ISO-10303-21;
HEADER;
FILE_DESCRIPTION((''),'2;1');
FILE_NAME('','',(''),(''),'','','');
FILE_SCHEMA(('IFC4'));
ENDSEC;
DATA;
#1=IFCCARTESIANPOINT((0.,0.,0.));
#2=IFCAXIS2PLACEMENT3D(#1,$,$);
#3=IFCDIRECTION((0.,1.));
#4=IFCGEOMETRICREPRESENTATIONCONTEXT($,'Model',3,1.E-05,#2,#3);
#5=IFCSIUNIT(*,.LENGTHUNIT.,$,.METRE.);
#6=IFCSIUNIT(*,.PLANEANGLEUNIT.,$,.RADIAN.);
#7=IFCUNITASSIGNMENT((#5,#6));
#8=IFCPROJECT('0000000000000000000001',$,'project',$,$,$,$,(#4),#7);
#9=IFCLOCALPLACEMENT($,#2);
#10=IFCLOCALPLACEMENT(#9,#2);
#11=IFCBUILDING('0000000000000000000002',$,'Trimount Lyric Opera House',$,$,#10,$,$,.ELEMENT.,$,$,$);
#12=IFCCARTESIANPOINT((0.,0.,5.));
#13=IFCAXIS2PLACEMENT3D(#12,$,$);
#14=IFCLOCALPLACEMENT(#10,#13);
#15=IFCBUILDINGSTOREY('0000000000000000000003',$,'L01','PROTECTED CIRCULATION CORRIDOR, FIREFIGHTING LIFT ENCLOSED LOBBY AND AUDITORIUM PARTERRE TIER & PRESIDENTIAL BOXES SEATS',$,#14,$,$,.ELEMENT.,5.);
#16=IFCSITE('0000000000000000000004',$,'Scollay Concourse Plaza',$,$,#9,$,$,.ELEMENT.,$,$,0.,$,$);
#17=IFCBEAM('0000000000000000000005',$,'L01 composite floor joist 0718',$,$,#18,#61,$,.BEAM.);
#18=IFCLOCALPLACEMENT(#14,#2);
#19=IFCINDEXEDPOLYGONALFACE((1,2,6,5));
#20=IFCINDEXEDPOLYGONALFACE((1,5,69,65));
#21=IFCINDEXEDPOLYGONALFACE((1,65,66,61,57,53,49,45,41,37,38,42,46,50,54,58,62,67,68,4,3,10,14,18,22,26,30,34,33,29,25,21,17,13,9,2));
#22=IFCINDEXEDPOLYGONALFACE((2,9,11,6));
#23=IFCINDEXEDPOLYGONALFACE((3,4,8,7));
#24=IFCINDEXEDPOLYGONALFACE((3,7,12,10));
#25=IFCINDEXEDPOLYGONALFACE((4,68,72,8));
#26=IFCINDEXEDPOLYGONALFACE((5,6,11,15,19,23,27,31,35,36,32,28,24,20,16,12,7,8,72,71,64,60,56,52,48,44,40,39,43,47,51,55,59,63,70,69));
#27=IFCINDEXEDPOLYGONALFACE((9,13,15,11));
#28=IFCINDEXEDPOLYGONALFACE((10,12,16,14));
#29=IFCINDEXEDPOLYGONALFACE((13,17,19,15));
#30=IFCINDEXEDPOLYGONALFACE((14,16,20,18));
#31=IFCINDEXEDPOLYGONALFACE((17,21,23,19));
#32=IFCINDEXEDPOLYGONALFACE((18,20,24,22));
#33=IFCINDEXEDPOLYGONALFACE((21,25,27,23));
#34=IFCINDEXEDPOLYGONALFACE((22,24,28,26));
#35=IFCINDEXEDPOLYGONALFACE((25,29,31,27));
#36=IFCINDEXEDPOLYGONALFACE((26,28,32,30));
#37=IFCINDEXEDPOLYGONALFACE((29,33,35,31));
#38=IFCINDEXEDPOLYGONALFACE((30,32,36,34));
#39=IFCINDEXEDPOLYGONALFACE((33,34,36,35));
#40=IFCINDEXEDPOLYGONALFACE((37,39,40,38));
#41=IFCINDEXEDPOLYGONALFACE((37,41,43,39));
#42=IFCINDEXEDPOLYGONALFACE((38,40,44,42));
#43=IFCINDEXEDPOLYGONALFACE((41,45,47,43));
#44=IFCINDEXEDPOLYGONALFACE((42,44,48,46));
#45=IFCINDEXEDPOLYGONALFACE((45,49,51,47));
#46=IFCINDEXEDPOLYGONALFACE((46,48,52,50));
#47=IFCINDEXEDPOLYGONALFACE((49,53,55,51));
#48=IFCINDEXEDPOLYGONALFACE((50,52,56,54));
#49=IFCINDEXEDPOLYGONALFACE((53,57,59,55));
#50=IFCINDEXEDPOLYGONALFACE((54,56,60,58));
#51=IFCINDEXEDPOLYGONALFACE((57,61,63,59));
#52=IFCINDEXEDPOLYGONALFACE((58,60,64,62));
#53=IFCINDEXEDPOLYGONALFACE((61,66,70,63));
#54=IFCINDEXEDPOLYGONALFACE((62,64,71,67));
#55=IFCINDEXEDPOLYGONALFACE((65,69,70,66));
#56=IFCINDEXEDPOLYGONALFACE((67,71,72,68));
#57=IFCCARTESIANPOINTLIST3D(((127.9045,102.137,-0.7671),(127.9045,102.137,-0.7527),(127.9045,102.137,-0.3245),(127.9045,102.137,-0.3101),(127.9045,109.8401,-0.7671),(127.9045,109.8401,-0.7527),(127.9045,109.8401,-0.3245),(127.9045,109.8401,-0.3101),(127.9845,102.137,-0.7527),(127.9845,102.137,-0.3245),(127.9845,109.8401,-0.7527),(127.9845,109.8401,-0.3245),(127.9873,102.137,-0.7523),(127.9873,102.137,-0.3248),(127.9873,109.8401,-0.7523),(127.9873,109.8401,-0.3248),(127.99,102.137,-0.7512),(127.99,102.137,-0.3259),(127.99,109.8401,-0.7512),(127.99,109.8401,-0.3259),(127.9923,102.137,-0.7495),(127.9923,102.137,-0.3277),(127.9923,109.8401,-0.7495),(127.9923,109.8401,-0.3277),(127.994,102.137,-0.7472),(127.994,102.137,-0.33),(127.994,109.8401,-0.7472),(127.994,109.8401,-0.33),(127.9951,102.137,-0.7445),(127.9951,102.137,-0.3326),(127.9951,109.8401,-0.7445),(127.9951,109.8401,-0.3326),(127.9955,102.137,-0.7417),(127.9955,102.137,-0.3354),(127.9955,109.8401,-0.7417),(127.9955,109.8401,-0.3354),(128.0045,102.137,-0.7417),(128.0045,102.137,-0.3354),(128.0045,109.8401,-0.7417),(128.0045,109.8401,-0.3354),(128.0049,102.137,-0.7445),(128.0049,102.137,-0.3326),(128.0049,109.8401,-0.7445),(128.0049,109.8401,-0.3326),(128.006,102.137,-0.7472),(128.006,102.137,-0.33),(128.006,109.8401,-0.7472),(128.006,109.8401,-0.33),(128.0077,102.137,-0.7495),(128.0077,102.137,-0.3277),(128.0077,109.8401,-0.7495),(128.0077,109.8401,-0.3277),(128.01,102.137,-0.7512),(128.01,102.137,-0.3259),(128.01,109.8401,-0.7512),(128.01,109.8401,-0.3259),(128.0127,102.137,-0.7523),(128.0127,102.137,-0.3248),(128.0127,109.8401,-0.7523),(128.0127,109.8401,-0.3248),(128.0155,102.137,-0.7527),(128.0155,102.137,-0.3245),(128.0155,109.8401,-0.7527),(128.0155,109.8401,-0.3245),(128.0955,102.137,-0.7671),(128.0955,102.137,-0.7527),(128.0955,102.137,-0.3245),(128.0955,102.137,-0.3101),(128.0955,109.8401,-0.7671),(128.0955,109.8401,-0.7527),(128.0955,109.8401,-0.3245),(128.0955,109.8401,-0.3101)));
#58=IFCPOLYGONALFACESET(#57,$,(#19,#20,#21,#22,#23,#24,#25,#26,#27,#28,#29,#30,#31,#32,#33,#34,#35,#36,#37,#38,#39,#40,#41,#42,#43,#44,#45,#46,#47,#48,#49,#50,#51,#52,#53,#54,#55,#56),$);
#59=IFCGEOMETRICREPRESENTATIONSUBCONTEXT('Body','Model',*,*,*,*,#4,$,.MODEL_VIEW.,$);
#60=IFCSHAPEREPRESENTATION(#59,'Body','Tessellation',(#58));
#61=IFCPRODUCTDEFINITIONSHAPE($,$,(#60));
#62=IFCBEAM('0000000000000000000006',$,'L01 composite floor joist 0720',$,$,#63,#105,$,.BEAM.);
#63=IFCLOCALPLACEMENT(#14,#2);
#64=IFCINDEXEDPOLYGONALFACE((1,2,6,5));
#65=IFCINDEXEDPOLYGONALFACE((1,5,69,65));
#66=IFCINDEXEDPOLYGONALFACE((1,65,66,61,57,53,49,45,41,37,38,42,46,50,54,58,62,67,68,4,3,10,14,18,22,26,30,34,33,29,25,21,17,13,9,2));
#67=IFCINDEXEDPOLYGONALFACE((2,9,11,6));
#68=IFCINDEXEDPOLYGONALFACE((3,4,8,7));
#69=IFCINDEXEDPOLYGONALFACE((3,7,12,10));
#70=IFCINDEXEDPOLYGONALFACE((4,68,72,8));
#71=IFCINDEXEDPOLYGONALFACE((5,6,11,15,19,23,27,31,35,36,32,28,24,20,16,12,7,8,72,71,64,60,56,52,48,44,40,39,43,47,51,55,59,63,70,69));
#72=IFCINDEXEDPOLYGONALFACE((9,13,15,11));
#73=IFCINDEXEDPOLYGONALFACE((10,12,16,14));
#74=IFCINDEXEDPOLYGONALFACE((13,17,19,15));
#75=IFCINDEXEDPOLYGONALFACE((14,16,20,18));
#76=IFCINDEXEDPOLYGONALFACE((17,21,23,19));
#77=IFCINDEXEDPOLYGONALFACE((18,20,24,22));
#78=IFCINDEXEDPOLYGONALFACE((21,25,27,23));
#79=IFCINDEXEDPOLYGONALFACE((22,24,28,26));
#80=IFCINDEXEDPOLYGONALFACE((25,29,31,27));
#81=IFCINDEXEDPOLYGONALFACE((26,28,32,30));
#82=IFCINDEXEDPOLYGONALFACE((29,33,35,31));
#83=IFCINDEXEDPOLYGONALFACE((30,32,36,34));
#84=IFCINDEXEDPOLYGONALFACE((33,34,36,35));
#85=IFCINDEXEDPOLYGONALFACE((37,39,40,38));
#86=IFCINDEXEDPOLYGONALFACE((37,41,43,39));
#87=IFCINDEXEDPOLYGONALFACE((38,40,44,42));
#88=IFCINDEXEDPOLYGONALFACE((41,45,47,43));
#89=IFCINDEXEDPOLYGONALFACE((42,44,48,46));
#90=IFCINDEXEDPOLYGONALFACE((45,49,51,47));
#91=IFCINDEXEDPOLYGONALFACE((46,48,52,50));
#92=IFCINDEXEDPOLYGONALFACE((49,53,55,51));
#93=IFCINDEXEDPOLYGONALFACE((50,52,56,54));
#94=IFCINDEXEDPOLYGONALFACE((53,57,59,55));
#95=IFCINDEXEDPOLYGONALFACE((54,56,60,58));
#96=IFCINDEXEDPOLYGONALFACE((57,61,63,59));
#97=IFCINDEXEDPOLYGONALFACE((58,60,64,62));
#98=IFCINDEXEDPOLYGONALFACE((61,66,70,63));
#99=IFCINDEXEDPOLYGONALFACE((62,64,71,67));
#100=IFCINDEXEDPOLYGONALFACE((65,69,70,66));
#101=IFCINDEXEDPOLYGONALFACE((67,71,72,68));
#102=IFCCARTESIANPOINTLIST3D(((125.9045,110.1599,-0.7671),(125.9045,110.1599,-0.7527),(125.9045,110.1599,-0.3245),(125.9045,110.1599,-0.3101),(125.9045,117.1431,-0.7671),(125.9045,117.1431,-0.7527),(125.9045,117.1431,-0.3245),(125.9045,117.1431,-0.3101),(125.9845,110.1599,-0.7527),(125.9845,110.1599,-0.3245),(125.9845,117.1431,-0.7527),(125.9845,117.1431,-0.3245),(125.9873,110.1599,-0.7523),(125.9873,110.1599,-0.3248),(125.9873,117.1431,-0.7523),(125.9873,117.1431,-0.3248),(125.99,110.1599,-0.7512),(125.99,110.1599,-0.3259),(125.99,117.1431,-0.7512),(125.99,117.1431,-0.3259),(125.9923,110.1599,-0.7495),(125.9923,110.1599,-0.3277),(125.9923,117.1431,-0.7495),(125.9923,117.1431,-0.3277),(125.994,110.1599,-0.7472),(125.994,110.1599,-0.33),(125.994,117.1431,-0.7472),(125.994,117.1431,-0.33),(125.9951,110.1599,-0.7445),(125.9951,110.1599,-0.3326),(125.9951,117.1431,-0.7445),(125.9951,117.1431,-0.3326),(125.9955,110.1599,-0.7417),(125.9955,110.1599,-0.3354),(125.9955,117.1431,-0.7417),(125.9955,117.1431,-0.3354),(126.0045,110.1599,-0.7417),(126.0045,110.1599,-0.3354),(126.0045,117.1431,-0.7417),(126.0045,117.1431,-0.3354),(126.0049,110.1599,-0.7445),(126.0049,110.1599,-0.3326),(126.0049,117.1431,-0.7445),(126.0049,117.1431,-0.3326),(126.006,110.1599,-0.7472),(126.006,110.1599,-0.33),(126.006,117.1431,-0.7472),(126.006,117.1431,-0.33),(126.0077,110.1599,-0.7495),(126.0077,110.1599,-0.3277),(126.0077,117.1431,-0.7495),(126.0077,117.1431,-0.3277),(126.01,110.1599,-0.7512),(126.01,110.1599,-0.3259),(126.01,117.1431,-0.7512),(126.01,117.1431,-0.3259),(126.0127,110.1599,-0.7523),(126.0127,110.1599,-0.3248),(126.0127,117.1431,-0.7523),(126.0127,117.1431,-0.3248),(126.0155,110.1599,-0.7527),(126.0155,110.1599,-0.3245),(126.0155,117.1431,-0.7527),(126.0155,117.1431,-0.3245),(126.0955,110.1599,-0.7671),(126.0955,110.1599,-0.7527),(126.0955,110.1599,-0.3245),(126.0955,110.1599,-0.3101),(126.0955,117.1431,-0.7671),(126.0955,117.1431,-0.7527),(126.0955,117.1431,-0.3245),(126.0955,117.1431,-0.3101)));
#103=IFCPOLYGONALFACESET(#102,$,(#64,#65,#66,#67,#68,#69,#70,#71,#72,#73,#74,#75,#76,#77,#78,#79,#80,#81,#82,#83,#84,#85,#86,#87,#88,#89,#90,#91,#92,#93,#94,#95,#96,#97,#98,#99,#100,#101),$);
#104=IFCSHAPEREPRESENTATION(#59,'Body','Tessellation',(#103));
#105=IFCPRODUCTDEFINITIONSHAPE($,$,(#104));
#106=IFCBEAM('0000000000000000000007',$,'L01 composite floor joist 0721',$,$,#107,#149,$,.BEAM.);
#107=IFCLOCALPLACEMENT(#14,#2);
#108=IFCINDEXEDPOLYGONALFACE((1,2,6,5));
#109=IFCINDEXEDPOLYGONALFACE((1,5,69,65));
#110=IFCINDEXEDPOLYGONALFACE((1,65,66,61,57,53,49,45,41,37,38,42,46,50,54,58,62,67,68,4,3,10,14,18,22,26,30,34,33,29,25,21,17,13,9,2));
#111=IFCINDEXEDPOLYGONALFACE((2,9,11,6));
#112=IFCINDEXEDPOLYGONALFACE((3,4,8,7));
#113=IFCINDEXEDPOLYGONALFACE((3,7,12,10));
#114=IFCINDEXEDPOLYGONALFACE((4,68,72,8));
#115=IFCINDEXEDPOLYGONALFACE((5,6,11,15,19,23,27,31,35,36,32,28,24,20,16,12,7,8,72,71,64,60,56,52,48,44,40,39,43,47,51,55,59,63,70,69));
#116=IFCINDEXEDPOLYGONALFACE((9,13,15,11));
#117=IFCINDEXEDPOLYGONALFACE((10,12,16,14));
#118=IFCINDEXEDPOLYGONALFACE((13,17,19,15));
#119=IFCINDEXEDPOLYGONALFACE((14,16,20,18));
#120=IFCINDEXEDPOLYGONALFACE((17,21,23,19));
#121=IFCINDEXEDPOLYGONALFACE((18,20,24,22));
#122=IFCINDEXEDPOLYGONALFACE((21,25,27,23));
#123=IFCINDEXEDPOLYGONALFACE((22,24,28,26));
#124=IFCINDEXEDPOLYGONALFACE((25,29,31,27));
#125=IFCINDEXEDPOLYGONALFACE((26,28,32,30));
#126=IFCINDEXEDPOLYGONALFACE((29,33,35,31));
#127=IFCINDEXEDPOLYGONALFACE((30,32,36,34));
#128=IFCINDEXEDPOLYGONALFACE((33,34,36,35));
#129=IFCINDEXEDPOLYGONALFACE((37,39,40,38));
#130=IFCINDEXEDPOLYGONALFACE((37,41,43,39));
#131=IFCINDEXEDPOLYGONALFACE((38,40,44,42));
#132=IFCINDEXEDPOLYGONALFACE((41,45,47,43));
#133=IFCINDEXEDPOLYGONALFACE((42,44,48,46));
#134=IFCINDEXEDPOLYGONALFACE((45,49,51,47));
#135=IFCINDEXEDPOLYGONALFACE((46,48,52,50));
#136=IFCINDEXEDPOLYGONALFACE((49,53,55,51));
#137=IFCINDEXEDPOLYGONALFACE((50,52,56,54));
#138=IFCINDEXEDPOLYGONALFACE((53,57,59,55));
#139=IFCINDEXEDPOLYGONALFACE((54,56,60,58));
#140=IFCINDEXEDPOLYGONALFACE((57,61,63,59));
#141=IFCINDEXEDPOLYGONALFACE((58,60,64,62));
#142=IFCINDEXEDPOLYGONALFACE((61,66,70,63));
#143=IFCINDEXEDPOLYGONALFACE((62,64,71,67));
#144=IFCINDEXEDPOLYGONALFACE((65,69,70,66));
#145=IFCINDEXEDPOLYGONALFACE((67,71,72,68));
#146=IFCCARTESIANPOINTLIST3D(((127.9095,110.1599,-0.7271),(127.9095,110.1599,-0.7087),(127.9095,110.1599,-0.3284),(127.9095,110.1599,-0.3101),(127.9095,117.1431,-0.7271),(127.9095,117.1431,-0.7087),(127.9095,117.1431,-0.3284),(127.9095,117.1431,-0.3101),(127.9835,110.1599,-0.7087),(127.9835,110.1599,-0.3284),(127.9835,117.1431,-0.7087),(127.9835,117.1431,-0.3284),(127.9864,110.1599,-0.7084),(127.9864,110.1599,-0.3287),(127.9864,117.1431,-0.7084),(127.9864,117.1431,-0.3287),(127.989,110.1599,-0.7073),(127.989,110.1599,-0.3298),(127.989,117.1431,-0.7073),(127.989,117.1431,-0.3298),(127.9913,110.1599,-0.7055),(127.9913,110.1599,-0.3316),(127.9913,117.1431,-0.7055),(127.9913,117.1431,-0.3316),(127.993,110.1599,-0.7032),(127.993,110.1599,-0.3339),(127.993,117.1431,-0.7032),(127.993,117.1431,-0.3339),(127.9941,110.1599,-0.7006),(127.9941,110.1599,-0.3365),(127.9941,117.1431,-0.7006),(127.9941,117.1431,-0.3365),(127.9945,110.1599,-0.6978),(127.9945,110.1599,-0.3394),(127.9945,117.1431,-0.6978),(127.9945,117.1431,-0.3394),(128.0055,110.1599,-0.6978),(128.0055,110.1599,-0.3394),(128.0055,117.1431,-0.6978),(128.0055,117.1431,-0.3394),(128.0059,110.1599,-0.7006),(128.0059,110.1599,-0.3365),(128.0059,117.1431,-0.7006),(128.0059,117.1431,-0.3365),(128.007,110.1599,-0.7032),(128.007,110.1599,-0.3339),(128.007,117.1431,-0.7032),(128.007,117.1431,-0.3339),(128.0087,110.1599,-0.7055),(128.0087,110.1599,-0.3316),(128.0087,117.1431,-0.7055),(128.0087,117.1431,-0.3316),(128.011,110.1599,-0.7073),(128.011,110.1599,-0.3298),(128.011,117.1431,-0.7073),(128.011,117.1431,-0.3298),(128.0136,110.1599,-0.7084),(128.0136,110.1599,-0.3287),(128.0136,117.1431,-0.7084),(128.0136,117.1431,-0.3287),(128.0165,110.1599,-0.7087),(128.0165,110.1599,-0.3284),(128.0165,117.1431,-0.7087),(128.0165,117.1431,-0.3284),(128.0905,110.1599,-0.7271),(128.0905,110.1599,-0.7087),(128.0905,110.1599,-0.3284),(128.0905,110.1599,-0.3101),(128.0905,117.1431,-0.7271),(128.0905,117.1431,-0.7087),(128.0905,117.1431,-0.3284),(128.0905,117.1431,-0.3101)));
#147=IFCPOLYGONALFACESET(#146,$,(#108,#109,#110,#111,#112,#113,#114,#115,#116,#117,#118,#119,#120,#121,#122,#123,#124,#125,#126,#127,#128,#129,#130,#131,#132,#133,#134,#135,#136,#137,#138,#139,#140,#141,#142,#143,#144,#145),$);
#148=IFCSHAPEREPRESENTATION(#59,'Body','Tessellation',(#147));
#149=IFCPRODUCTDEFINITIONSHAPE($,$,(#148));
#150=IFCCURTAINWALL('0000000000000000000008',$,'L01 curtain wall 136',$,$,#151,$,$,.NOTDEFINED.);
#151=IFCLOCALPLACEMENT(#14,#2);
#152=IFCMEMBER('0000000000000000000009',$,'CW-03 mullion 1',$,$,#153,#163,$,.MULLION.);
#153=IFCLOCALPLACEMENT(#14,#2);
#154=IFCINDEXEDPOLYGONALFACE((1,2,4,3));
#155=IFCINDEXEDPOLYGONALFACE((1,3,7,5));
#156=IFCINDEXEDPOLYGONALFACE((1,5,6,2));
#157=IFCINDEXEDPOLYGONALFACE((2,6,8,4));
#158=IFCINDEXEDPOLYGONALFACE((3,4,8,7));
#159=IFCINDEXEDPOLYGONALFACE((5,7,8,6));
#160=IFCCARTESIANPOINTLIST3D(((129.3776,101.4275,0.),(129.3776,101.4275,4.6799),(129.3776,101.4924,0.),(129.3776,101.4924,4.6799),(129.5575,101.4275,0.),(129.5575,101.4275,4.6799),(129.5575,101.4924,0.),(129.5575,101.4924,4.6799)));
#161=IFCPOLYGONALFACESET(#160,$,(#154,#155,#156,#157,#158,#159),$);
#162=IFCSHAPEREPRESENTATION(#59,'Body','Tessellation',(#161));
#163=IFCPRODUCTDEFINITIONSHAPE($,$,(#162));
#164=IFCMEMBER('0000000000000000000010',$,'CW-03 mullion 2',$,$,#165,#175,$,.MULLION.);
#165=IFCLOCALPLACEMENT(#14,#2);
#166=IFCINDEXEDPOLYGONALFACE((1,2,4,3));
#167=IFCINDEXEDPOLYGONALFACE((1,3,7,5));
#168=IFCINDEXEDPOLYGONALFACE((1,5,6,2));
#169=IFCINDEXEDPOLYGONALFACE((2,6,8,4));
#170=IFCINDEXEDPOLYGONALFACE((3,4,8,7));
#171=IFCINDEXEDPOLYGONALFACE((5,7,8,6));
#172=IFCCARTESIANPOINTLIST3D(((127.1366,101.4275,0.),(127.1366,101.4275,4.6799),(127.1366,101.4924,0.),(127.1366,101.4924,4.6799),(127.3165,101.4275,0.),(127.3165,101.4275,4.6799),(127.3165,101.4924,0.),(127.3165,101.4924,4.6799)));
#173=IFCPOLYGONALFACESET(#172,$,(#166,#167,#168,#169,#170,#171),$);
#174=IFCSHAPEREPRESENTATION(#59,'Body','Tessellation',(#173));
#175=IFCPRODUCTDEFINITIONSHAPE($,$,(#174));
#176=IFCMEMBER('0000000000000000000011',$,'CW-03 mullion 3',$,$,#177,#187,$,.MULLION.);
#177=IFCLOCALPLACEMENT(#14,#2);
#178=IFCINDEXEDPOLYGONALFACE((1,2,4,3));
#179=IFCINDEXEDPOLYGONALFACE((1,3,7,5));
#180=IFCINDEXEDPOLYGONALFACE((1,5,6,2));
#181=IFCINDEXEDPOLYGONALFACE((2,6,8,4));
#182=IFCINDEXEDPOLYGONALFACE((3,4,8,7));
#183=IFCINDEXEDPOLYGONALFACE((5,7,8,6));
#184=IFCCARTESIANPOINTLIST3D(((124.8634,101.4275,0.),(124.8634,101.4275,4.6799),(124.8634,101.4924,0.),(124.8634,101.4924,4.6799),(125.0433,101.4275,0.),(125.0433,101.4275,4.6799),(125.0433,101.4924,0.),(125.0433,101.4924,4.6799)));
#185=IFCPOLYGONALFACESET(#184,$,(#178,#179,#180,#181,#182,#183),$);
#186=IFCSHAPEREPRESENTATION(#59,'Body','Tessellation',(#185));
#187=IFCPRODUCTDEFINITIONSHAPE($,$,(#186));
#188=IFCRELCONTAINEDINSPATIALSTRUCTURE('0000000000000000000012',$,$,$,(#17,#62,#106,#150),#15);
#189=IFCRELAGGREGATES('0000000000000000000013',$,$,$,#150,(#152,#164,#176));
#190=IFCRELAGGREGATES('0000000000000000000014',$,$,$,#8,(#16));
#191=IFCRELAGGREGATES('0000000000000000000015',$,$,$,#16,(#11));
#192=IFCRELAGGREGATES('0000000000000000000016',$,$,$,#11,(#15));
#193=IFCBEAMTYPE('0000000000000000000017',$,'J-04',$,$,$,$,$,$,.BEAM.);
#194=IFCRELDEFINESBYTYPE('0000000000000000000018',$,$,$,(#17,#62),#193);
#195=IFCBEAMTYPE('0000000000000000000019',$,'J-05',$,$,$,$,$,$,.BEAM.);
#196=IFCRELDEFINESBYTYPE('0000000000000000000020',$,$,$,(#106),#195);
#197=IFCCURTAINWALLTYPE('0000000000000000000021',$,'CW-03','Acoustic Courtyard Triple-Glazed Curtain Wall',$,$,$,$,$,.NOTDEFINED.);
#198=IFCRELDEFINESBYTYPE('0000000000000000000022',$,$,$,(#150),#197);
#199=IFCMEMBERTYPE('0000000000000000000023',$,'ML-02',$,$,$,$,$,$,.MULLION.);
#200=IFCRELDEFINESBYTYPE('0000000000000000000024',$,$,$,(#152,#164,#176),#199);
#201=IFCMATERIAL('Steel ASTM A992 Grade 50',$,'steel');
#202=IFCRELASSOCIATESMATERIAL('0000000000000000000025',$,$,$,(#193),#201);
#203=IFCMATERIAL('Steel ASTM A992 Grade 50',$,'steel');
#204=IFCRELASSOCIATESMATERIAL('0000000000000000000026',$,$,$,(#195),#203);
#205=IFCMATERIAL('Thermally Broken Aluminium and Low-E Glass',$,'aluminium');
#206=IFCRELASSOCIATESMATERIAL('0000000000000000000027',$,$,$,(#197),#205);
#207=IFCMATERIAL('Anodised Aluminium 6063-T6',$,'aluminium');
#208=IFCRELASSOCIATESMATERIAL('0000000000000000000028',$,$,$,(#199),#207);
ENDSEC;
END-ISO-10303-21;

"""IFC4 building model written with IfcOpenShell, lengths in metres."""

from ifc_helpers import new_model, si_unit, direction, frame, origin, origin_2d, place, context, subcontext, project, spatial, rectangle, i_section, extrude, material, material_profile, profile_set, type_object, element, aggregate, save


model = new_model("IFC4")

# Units and contexts
model_context = context("Model", 3, precision=1e-05, world=origin(), true_north=direction((0.0, 1.0)))
body_context = subcontext(model_context, "Body", "Model", "MODEL_VIEW")
ifc_project = project(units=[si_unit("LENGTHUNIT", "METRE"), si_unit("PLANEANGLEUNIT", "RADIAN")], contexts=[model_context])

# Site, building, storey
site_placement = place(None, origin())
site = spatial("IfcSite", under=ifc_project, at=site_placement, Name="Scollay Concourse Plaza", CompositionType="ELEMENT", RefElevation=0.0)
building_placement = place(site_placement, origin())
building = spatial("IfcBuilding", under=site, at=building_placement, Name="Trimount Lyric Opera House", CompositionType="ELEMENT")
storey_placement = place(building_placement, frame((0.0, 0.0, 5.0)))
storey = spatial("IfcBuildingStorey", under=building, at=storey_placement, Name="L01", Description="PROTECTED CIRCULATION CORRIDOR, FIREFIGHTING LIFT ENCLOSED LOBBY AND AUDITORIUM PARTERRE TIER & PRESIDENTIAL BOXES SEATS", CompositionType="ELEMENT", Elevation=5.0)

# Beams
ifc_material_1 = material(Name="Steel ASTM A992 Grade 50", Category="steel")
ifc_material_profile_1 = material_profile(ifc_material_1, i_section(OverallWidth=0.1909, OverallDepth=0.457, WebThickness=0.009, FlangeThickness=0.0144, FilletRadius=0.011, at=origin_2d()), Name="W18X50")
ifc_profile_set_1 = profile_set([ifc_material_profile_1], Name="Steel ASTM A992 Grade 50")
beam_type_1 = type_object("IfcBeamType", Name="J-04", PredefinedType="BEAM", material=ifc_profile_set_1)
beam_1_placement = place(storey_placement, frame((128.0, 102.137, -0.5386), z_axis=(0.0, 1.0, 0.0), x_axis=(-1.0, 0.0, 0.0)))
element("IfcBeam", 1, at=beam_1_placement, inside=storey, type_object=beam_type_1, Name="L01 composite floor joist 0718", PredefinedType="BEAM", context=body_context, shape_type="SweptSolid", body=[
    extrude(i_section(OverallWidth=0.1909, OverallDepth=0.457, WebThickness=0.009, FlangeThickness=0.0144, FilletRadius=0.011, at=origin_2d()), origin(), (0.0, 0.0, 1.0), 7.7031),
])
beam_2_placement = place(storey_placement, frame((126.0, 110.1599, -0.5386), z_axis=(0.0, 1.0, 0.0), x_axis=(-1.0, 0.0, 0.0)))
element("IfcBeam", 2, at=beam_2_placement, inside=storey, type_object=beam_type_1, Name="L01 composite floor joist 0720", PredefinedType="BEAM", context=body_context, shape_type="SweptSolid", body=[
    extrude(i_section(OverallWidth=0.1909, OverallDepth=0.457, WebThickness=0.009, FlangeThickness=0.0144, FilletRadius=0.011, at=origin_2d()), origin(), (0.0, 0.0, 1.0), 6.9832),
])
ifc_material_2 = material(Name="Steel ASTM A992 Grade 50", Category="steel")
ifc_material_profile_2 = material_profile(ifc_material_2, i_section(OverallWidth=0.1809, OverallDepth=0.417, WebThickness=0.011, FlangeThickness=0.0183, FilletRadius=0.011, at=origin_2d()), Name="W16X57")
ifc_profile_set_2 = profile_set([ifc_material_profile_2], Name="Steel ASTM A992 Grade 50")
beam_type_2 = type_object("IfcBeamType", Name="J-05", PredefinedType="BEAM", material=ifc_profile_set_2)
beam_3_placement = place(storey_placement, frame((128.0, 110.1599, -0.5186), z_axis=(0.0, 1.0, 0.0), x_axis=(-1.0, 0.0, 0.0)))
element("IfcBeam", 3, at=beam_3_placement, inside=storey, type_object=beam_type_2, Name="L01 composite floor joist 0721", PredefinedType="BEAM", context=body_context, shape_type="SweptSolid", body=[
    extrude(i_section(OverallWidth=0.1809, OverallDepth=0.417, WebThickness=0.011, FlangeThickness=0.0183, FilletRadius=0.011, at=origin_2d()), origin(), (0.0, 0.0, 1.0), 6.9832),
])

# Curtain wall, members
ifc_material_3 = material(Name="Thermally Broken Aluminium and Low-E Glass", Category="aluminium")
curtain_wall_type = type_object("IfcCurtainWallType", Name="CW-03", Description="Acoustic Courtyard Triple-Glazed Curtain Wall", PredefinedType="NOTDEFINED", material=ifc_material_3)
curtain_wall_1_placement = place(storey_placement, origin())
curtain_wall_1 = element("IfcCurtainWall", 4, at=curtain_wall_1_placement, inside=storey, type_object=curtain_wall_type, Name="L01 curtain wall 136", PredefinedType="NOTDEFINED")
ifc_material_4 = material(Name="Anodised Aluminium 6063-T6", Category="aluminium")
ifc_material_profile_3 = material_profile(ifc_material_4, rectangle(XDim=0.0649, YDim=0.1799, at=origin_2d()), Name="ALU-MULL-65X180")
ifc_profile_set_3 = profile_set([ifc_material_profile_3], Name="Anodised Aluminium 6063-T6")
member_type_1 = type_object("IfcMemberType", Name="ML-02", PredefinedType="MULLION", material=ifc_profile_set_3)
member_1_placement = place(storey_placement, frame((129.4675, 101.46, 0.0), z_axis=(0.0, 0.0, 1.0), x_axis=(0.0, -1.0, 0.0)))
member_1 = element("IfcMember", 5, at=member_1_placement, type_object=member_type_1, Name="CW-03 mullion 1", PredefinedType="MULLION", context=body_context, shape_type="SweptSolid", body=[
    extrude(rectangle(XDim=0.0649, YDim=0.1799, at=origin_2d()), origin(), (0.0, 0.0, 1.0), 4.6799),
])
member_2_placement = place(storey_placement, frame((127.2266, 101.46, 0.0), z_axis=(0.0, 0.0, 1.0), x_axis=(0.0, -1.0, 0.0)))
member_2 = element("IfcMember", 6, at=member_2_placement, type_object=member_type_1, Name="CW-03 mullion 2", PredefinedType="MULLION", context=body_context, shape_type="SweptSolid", body=[
    extrude(rectangle(XDim=0.0649, YDim=0.1799, at=origin_2d()), origin(), (0.0, 0.0, 1.0), 4.6799),
])
member_3_placement = place(storey_placement, frame((124.9534, 101.46, 0.0), z_axis=(0.0, 0.0, 1.0), x_axis=(0.0, -1.0, 0.0)))
member_3 = element("IfcMember", 7, at=member_3_placement, type_object=member_type_1, Name="CW-03 mullion 3", PredefinedType="MULLION", context=body_context, shape_type="SweptSolid", body=[
    extrude(rectangle(XDim=0.0649, YDim=0.1799, at=origin_2d()), origin(), (0.0, 0.0, 1.0), 4.6799),
])

aggregate(curtain_wall_1, [member_1, member_2, member_3])

save(model, "model.ifc")
